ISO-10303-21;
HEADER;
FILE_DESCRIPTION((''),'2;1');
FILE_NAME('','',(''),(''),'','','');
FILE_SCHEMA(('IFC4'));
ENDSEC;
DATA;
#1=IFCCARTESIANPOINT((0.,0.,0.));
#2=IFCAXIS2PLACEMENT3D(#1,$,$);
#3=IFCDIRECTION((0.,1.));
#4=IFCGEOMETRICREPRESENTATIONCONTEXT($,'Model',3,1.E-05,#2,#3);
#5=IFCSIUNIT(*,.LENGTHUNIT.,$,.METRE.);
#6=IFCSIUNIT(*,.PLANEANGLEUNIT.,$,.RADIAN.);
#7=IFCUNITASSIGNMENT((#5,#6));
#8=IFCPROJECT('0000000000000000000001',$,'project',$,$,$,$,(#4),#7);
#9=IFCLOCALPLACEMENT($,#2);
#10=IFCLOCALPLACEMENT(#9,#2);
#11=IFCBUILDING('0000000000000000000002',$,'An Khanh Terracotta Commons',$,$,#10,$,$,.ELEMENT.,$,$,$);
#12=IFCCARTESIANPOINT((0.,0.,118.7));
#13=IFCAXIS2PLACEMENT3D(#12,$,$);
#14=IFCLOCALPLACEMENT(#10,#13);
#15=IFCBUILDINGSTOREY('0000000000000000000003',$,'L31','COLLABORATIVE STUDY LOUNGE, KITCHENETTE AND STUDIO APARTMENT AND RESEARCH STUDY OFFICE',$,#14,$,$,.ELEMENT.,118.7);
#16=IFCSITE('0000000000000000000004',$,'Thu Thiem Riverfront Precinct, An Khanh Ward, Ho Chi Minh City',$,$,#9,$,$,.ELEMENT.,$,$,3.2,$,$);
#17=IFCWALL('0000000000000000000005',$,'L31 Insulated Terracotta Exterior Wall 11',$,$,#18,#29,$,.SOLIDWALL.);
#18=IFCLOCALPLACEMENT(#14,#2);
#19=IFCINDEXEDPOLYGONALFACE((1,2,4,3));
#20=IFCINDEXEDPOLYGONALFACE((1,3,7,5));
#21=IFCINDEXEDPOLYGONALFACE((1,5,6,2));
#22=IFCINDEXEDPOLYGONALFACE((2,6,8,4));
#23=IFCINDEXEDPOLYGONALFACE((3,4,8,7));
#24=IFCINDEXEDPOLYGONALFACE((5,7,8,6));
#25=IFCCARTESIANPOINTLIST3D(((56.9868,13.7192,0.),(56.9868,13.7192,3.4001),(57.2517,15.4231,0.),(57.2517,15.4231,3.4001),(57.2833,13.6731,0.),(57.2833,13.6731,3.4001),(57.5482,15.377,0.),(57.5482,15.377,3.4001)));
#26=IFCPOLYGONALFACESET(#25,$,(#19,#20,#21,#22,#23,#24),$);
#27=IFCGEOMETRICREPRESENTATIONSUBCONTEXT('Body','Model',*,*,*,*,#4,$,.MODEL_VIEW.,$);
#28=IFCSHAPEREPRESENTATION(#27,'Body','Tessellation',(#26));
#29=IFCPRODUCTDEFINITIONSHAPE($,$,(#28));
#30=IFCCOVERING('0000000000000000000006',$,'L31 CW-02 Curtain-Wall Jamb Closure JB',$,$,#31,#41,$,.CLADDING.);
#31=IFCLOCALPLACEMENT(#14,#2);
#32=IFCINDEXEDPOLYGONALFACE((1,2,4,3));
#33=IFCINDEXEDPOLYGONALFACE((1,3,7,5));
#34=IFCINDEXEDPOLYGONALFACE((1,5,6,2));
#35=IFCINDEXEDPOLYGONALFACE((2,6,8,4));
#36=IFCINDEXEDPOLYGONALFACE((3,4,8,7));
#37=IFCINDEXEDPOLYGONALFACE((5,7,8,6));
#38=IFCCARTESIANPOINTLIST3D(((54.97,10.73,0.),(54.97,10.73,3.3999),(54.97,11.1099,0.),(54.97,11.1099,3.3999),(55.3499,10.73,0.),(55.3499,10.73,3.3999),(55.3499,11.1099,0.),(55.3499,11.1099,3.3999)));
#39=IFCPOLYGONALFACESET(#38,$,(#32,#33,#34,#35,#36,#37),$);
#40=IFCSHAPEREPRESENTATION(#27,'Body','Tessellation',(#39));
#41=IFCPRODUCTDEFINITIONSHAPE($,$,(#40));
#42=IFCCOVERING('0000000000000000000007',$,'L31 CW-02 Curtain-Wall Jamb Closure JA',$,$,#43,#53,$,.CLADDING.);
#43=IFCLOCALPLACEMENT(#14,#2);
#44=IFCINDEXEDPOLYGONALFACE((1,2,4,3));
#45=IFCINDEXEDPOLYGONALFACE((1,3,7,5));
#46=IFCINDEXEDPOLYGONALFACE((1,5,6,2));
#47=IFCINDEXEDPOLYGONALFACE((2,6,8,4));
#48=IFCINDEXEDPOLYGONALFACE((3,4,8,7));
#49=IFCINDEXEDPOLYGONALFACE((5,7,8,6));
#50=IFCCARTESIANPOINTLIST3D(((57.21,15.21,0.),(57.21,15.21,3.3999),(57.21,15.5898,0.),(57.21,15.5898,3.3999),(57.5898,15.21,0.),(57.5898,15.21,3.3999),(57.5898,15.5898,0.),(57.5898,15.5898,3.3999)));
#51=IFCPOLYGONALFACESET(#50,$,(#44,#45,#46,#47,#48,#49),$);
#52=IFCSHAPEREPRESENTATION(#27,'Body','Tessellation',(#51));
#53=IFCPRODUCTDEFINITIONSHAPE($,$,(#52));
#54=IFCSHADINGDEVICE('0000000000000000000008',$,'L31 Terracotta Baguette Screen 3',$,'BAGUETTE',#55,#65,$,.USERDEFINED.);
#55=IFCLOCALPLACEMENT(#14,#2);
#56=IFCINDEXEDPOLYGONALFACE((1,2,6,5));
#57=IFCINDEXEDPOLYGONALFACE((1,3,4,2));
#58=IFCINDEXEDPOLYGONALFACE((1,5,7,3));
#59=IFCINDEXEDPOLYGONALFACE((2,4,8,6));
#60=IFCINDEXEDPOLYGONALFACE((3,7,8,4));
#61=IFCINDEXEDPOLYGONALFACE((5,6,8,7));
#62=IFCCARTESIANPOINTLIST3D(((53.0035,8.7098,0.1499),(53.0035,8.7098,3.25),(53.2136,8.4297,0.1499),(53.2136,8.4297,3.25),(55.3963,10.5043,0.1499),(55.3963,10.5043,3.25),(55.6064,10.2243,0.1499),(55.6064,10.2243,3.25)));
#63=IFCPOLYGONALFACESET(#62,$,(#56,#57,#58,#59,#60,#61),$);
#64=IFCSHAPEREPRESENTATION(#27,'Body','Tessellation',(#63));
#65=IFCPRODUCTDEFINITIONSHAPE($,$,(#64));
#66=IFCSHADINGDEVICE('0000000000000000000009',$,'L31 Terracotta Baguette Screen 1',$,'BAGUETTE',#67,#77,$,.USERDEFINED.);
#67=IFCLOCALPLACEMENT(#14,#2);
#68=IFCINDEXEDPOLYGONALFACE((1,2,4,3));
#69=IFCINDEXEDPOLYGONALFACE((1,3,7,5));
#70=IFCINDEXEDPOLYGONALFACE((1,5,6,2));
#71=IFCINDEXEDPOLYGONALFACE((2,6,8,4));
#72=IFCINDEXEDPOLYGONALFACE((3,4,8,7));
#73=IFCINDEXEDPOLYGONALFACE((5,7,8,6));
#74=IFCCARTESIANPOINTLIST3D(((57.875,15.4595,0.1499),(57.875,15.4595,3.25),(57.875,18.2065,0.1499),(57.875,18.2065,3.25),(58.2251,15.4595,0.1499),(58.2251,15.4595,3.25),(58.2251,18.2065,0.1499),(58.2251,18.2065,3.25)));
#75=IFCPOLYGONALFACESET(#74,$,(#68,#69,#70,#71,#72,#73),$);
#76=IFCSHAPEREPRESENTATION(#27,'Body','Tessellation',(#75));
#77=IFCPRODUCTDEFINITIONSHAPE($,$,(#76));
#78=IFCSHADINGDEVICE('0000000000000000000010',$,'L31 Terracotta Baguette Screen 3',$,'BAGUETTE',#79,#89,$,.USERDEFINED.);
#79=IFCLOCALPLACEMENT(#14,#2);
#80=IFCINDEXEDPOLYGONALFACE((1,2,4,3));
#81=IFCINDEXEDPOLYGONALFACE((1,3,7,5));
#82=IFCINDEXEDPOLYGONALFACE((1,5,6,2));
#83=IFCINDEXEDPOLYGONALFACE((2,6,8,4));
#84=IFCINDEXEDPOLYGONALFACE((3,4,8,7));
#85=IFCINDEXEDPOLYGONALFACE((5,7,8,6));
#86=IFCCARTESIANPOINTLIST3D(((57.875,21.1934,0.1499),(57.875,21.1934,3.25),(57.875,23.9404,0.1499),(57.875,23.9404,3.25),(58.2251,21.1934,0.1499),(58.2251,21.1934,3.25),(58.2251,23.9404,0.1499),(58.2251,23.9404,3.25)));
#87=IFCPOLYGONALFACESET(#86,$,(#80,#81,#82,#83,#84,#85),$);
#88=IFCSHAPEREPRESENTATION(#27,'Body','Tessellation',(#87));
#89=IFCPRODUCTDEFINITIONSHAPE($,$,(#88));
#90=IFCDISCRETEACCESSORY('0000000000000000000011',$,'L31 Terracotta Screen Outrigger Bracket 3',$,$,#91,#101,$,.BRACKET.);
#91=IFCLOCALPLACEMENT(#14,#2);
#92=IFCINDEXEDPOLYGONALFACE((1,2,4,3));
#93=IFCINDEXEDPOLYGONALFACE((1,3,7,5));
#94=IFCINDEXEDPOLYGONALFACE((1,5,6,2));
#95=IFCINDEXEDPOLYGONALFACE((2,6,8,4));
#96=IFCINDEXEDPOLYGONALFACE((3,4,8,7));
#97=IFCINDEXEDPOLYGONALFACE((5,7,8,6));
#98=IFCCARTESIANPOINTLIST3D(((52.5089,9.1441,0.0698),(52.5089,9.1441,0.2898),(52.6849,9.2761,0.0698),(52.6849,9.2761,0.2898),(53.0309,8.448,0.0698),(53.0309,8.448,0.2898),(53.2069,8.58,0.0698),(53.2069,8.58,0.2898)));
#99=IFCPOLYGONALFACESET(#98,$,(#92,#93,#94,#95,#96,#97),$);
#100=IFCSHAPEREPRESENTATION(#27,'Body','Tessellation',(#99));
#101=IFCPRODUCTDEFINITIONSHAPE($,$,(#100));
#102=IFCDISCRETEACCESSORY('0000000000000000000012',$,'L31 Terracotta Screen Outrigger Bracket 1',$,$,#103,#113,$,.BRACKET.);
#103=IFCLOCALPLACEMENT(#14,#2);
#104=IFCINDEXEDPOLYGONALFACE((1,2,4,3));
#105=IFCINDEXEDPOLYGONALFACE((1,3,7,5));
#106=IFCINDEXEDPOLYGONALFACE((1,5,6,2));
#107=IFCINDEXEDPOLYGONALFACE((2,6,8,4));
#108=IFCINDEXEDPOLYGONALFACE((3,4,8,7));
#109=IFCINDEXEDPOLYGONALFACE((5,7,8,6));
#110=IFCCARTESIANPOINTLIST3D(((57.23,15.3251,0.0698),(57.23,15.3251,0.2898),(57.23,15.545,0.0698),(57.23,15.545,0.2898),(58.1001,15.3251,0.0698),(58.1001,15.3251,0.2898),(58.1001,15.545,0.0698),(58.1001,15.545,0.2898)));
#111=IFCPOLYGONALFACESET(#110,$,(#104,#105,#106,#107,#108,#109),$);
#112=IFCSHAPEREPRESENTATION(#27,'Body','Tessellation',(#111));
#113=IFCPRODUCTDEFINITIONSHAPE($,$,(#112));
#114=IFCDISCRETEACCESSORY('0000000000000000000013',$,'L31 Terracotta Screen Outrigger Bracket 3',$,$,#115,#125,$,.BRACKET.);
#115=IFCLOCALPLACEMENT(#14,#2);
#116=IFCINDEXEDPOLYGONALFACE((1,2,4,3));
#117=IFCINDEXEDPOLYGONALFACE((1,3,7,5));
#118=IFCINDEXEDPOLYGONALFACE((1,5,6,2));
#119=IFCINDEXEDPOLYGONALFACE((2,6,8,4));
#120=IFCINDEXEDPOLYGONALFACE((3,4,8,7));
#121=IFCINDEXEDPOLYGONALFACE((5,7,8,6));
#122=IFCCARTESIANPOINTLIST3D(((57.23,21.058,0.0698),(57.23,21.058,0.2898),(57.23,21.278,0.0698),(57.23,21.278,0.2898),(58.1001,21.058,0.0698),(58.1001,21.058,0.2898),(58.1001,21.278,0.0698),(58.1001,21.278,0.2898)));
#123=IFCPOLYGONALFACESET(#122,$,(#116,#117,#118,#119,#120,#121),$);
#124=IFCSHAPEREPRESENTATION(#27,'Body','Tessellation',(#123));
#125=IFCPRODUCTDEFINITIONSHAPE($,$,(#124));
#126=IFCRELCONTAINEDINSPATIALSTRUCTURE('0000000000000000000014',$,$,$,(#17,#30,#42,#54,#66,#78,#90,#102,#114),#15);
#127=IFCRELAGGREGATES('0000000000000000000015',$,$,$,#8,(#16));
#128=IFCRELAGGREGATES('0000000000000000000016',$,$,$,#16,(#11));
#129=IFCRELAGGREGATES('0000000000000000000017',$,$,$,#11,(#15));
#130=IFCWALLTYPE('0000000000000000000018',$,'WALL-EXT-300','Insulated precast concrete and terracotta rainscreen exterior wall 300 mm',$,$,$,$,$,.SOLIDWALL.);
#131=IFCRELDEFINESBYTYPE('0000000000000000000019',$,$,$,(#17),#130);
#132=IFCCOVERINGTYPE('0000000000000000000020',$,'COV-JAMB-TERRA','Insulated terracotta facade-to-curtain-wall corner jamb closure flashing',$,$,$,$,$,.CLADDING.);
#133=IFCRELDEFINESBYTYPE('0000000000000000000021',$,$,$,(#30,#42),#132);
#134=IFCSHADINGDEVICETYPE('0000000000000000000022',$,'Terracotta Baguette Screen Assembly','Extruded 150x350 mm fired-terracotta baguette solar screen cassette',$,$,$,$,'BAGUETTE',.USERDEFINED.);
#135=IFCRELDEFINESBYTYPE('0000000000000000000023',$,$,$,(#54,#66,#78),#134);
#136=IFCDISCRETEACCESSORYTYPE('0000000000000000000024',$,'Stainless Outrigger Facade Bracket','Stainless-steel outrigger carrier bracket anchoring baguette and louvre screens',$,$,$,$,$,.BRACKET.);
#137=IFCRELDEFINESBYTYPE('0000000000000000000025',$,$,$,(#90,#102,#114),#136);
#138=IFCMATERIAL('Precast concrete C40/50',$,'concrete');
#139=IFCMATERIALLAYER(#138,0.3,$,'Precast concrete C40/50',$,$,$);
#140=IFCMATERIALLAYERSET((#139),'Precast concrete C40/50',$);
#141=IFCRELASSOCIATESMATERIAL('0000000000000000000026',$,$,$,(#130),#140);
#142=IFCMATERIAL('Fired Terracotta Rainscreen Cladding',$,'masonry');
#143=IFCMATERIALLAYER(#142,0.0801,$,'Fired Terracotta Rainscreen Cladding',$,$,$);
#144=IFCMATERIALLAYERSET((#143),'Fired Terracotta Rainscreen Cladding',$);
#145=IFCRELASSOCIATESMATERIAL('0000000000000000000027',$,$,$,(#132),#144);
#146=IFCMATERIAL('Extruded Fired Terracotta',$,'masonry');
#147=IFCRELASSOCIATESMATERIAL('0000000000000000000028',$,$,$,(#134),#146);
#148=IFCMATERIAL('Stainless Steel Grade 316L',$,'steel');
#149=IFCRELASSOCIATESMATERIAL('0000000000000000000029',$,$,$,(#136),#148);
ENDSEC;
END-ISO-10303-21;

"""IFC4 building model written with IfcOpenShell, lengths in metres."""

from ifc_helpers import new_model, si_unit, direction, frame, frame_2d, origin, origin_2d, place, context, subcontext, project, spatial, rectangle, extrude, material, layer, layer_set, type_object, element, save


model = new_model("IFC4")

# Units and contexts
model_context = context("Model", 3, precision=1e-05, world=origin(), true_north=direction((0.0, 1.0)))
body_context = subcontext(model_context, "Body", "Model", "MODEL_VIEW")
ifc_project = project(units=[si_unit("LENGTHUNIT", "METRE"), si_unit("PLANEANGLEUNIT", "RADIAN")], contexts=[model_context])

# Site, building, storey
site_placement = place(None, origin())
site = spatial("IfcSite", under=ifc_project, at=site_placement, Name="Thu Thiem Riverfront Precinct, An Khanh Ward, Ho Chi Minh City", CompositionType="ELEMENT", RefElevation=3.2)
building_placement = place(site_placement, origin())
building = spatial("IfcBuilding", under=site, at=building_placement, Name="An Khanh Terracotta Commons", CompositionType="ELEMENT")
storey_placement = place(building_placement, frame((0.0, 0.0, 118.7)))
storey = spatial("IfcBuildingStorey", under=building, at=storey_placement, Name="L31", Description="COLLABORATIVE STUDY LOUNGE, KITCHENETTE AND STUDIO APARTMENT AND RESEARCH STUDY OFFICE", CompositionType="ELEMENT", Elevation=118.7)

# Wall
ifc_material_1 = material(Name="Precast concrete C40/50", Category="concrete")
ifc_layer_1 = layer(ifc_material_1, 0.3, Name="Precast concrete C40/50")
ifc_layer_set_1 = layer_set([ifc_layer_1], Name="Precast concrete C40/50")
wall_type_1 = type_object("IfcWallType", Name="WALL-EXT-300", Description="Insulated precast concrete and terracotta rainscreen exterior wall 300 mm", PredefinedType="SOLIDWALL", material=ifc_layer_set_1)
wall_1_placement = place(storey_placement, frame((57.135, 13.696, 0.0), z_axis=(0.0, 0.0, 1.0), x_axis=(0.153621, 0.98813, 0.0)))
element("IfcWall", 1, at=wall_1_placement, inside=storey, type_object=wall_type_1, Name="L31 Insulated Terracotta Exterior Wall 11", PredefinedType="SOLIDWALL", context=body_context, shape_type="SweptSolid", body=[
    extrude(rectangle(XDim=1.7244, YDim=0.3, at=frame_2d((0.8623, 0.0))), origin(), (0.0, 0.0, 1.0), 3.4001),
])

# Coverings
ifc_material_2 = material(Name="Fired Terracotta Rainscreen Cladding", Category="masonry")
ifc_layer_2 = layer(ifc_material_2, 0.0801, Name="Fired Terracotta Rainscreen Cladding")
ifc_layer_set_2 = layer_set([ifc_layer_2], Name="Fired Terracotta Rainscreen Cladding")
covering_type = type_object("IfcCoveringType", Name="COV-JAMB-TERRA", Description="Insulated terracotta facade-to-curtain-wall corner jamb closure flashing", PredefinedType="CLADDING", material=ifc_layer_set_2)
for number, where, z_axis, x_axis, name in (
    (2, (55.1599, 10.9199, 0.0), (0.0, 0.0, 1.0), (1.0, 0.0, 0.0), "L31 CW-02 Curtain-Wall Jamb Closure JB"),
    (3, (57.3999, 15.3999, 0.0), (0.0, 0.0, 1.0), (1.0, 0.0, 0.0), "L31 CW-02 Curtain-Wall Jamb Closure JA"),
):
    element("IfcCovering", number, at=place(storey_placement, frame(where, z_axis=z_axis, x_axis=x_axis)), inside=storey, type_object=covering_type, Name=name, PredefinedType="CLADDING", context=body_context, shape_type="SweptSolid", body=[
        extrude(rectangle(XDim=0.3799, YDim=0.3799, at=origin_2d()), origin(), (0.0, 0.0, 1.0), 3.3999),
    ])

# Shading devices
ifc_material_3 = material(Name="Extruded Fired Terracotta", Category="masonry")
shading_device_type = type_object("IfcShadingDeviceType", Name="Terracotta Baguette Screen Assembly", Description="Extruded 150x350 mm fired-terracotta baguette solar screen cassette", ElementType="BAGUETTE", PredefinedType="USERDEFINED", material=ifc_material_3)
shading_device_placement = place(storey_placement, frame((54.3049, 9.467, 0.1499), z_axis=(0.0, 0.0, 1.0), x_axis=(0.800013, 0.599983, 0.0)))
element("IfcShadingDevice", 4, at=shading_device_placement, inside=storey, type_object=shading_device_type, Name="L31 Terracotta Baguette Screen 3", ObjectType="BAGUETTE", PredefinedType="USERDEFINED", context=body_context, shape_type="SweptSolid", body=[
    extrude(rectangle(XDim=2.991, YDim=0.3501, at=origin_2d()), origin(), (0.0, 0.0, 1.0), 3.1001),
])
for number, where, z_axis, x_axis, name in (
    (5, (58.05, 16.833, 0.1499), (0.0, 0.0, 1.0), (0.0, 1.0, 0.0), "L31 Terracotta Baguette Screen 1"),
    (6, (58.05, 22.5669, 0.1499), (0.0, 0.0, 1.0), (0.0, 1.0, 0.0), "L31 Terracotta Baguette Screen 3"),
):
    element("IfcShadingDevice", number, at=place(storey_placement, frame(where, z_axis=z_axis, x_axis=x_axis)), inside=storey, type_object=shading_device_type, Name=name, ObjectType="BAGUETTE", PredefinedType="USERDEFINED", context=body_context, shape_type="SweptSolid", body=[
        extrude(rectangle(XDim=2.7471, YDim=0.3501, at=origin_2d()), origin(), (0.0, 0.0, 1.0), 3.1001),
    ])

# Discrete accessories
ifc_material_4 = material(Name="Stainless Steel Grade 316L", Category="steel")
discrete_accessory_type = type_object("IfcDiscreteAccessoryType", Name="Stainless Outrigger Facade Bracket", Description="Stainless-steel outrigger carrier bracket anchoring baguette and louvre screens", PredefinedType="BRACKET", material=ifc_material_4)
for number, where, z_axis, x_axis, name in (
    (7, (52.8579, 8.8621, 0.0698), (0.0, 0.0, 1.0), (0.800013, 0.599983, 0.0), "L31 Terracotta Screen Outrigger Bracket 3"),
    (8, (57.665, 15.4351, 0.0698), (0.0, 0.0, 1.0), (0.0, 1.0, 0.0), "L31 Terracotta Screen Outrigger Bracket 1"),
    (9, (57.665, 21.168, 0.0698), (0.0, 0.0, 1.0), (0.0, 1.0, 0.0), "L31 Terracotta Screen Outrigger Bracket 3"),
):
    element("IfcDiscreteAccessory", number, at=place(storey_placement, frame(where, z_axis=z_axis, x_axis=x_axis)), inside=storey, type_object=discrete_accessory_type, Name=name, PredefinedType="BRACKET", context=body_context, shape_type="SweptSolid", body=[
        extrude(rectangle(XDim=0.22, YDim=0.8701, at=origin_2d()), origin(), (0.0, 0.0, 1.0), 0.22),
    ])

save(model, "model.ifc")
